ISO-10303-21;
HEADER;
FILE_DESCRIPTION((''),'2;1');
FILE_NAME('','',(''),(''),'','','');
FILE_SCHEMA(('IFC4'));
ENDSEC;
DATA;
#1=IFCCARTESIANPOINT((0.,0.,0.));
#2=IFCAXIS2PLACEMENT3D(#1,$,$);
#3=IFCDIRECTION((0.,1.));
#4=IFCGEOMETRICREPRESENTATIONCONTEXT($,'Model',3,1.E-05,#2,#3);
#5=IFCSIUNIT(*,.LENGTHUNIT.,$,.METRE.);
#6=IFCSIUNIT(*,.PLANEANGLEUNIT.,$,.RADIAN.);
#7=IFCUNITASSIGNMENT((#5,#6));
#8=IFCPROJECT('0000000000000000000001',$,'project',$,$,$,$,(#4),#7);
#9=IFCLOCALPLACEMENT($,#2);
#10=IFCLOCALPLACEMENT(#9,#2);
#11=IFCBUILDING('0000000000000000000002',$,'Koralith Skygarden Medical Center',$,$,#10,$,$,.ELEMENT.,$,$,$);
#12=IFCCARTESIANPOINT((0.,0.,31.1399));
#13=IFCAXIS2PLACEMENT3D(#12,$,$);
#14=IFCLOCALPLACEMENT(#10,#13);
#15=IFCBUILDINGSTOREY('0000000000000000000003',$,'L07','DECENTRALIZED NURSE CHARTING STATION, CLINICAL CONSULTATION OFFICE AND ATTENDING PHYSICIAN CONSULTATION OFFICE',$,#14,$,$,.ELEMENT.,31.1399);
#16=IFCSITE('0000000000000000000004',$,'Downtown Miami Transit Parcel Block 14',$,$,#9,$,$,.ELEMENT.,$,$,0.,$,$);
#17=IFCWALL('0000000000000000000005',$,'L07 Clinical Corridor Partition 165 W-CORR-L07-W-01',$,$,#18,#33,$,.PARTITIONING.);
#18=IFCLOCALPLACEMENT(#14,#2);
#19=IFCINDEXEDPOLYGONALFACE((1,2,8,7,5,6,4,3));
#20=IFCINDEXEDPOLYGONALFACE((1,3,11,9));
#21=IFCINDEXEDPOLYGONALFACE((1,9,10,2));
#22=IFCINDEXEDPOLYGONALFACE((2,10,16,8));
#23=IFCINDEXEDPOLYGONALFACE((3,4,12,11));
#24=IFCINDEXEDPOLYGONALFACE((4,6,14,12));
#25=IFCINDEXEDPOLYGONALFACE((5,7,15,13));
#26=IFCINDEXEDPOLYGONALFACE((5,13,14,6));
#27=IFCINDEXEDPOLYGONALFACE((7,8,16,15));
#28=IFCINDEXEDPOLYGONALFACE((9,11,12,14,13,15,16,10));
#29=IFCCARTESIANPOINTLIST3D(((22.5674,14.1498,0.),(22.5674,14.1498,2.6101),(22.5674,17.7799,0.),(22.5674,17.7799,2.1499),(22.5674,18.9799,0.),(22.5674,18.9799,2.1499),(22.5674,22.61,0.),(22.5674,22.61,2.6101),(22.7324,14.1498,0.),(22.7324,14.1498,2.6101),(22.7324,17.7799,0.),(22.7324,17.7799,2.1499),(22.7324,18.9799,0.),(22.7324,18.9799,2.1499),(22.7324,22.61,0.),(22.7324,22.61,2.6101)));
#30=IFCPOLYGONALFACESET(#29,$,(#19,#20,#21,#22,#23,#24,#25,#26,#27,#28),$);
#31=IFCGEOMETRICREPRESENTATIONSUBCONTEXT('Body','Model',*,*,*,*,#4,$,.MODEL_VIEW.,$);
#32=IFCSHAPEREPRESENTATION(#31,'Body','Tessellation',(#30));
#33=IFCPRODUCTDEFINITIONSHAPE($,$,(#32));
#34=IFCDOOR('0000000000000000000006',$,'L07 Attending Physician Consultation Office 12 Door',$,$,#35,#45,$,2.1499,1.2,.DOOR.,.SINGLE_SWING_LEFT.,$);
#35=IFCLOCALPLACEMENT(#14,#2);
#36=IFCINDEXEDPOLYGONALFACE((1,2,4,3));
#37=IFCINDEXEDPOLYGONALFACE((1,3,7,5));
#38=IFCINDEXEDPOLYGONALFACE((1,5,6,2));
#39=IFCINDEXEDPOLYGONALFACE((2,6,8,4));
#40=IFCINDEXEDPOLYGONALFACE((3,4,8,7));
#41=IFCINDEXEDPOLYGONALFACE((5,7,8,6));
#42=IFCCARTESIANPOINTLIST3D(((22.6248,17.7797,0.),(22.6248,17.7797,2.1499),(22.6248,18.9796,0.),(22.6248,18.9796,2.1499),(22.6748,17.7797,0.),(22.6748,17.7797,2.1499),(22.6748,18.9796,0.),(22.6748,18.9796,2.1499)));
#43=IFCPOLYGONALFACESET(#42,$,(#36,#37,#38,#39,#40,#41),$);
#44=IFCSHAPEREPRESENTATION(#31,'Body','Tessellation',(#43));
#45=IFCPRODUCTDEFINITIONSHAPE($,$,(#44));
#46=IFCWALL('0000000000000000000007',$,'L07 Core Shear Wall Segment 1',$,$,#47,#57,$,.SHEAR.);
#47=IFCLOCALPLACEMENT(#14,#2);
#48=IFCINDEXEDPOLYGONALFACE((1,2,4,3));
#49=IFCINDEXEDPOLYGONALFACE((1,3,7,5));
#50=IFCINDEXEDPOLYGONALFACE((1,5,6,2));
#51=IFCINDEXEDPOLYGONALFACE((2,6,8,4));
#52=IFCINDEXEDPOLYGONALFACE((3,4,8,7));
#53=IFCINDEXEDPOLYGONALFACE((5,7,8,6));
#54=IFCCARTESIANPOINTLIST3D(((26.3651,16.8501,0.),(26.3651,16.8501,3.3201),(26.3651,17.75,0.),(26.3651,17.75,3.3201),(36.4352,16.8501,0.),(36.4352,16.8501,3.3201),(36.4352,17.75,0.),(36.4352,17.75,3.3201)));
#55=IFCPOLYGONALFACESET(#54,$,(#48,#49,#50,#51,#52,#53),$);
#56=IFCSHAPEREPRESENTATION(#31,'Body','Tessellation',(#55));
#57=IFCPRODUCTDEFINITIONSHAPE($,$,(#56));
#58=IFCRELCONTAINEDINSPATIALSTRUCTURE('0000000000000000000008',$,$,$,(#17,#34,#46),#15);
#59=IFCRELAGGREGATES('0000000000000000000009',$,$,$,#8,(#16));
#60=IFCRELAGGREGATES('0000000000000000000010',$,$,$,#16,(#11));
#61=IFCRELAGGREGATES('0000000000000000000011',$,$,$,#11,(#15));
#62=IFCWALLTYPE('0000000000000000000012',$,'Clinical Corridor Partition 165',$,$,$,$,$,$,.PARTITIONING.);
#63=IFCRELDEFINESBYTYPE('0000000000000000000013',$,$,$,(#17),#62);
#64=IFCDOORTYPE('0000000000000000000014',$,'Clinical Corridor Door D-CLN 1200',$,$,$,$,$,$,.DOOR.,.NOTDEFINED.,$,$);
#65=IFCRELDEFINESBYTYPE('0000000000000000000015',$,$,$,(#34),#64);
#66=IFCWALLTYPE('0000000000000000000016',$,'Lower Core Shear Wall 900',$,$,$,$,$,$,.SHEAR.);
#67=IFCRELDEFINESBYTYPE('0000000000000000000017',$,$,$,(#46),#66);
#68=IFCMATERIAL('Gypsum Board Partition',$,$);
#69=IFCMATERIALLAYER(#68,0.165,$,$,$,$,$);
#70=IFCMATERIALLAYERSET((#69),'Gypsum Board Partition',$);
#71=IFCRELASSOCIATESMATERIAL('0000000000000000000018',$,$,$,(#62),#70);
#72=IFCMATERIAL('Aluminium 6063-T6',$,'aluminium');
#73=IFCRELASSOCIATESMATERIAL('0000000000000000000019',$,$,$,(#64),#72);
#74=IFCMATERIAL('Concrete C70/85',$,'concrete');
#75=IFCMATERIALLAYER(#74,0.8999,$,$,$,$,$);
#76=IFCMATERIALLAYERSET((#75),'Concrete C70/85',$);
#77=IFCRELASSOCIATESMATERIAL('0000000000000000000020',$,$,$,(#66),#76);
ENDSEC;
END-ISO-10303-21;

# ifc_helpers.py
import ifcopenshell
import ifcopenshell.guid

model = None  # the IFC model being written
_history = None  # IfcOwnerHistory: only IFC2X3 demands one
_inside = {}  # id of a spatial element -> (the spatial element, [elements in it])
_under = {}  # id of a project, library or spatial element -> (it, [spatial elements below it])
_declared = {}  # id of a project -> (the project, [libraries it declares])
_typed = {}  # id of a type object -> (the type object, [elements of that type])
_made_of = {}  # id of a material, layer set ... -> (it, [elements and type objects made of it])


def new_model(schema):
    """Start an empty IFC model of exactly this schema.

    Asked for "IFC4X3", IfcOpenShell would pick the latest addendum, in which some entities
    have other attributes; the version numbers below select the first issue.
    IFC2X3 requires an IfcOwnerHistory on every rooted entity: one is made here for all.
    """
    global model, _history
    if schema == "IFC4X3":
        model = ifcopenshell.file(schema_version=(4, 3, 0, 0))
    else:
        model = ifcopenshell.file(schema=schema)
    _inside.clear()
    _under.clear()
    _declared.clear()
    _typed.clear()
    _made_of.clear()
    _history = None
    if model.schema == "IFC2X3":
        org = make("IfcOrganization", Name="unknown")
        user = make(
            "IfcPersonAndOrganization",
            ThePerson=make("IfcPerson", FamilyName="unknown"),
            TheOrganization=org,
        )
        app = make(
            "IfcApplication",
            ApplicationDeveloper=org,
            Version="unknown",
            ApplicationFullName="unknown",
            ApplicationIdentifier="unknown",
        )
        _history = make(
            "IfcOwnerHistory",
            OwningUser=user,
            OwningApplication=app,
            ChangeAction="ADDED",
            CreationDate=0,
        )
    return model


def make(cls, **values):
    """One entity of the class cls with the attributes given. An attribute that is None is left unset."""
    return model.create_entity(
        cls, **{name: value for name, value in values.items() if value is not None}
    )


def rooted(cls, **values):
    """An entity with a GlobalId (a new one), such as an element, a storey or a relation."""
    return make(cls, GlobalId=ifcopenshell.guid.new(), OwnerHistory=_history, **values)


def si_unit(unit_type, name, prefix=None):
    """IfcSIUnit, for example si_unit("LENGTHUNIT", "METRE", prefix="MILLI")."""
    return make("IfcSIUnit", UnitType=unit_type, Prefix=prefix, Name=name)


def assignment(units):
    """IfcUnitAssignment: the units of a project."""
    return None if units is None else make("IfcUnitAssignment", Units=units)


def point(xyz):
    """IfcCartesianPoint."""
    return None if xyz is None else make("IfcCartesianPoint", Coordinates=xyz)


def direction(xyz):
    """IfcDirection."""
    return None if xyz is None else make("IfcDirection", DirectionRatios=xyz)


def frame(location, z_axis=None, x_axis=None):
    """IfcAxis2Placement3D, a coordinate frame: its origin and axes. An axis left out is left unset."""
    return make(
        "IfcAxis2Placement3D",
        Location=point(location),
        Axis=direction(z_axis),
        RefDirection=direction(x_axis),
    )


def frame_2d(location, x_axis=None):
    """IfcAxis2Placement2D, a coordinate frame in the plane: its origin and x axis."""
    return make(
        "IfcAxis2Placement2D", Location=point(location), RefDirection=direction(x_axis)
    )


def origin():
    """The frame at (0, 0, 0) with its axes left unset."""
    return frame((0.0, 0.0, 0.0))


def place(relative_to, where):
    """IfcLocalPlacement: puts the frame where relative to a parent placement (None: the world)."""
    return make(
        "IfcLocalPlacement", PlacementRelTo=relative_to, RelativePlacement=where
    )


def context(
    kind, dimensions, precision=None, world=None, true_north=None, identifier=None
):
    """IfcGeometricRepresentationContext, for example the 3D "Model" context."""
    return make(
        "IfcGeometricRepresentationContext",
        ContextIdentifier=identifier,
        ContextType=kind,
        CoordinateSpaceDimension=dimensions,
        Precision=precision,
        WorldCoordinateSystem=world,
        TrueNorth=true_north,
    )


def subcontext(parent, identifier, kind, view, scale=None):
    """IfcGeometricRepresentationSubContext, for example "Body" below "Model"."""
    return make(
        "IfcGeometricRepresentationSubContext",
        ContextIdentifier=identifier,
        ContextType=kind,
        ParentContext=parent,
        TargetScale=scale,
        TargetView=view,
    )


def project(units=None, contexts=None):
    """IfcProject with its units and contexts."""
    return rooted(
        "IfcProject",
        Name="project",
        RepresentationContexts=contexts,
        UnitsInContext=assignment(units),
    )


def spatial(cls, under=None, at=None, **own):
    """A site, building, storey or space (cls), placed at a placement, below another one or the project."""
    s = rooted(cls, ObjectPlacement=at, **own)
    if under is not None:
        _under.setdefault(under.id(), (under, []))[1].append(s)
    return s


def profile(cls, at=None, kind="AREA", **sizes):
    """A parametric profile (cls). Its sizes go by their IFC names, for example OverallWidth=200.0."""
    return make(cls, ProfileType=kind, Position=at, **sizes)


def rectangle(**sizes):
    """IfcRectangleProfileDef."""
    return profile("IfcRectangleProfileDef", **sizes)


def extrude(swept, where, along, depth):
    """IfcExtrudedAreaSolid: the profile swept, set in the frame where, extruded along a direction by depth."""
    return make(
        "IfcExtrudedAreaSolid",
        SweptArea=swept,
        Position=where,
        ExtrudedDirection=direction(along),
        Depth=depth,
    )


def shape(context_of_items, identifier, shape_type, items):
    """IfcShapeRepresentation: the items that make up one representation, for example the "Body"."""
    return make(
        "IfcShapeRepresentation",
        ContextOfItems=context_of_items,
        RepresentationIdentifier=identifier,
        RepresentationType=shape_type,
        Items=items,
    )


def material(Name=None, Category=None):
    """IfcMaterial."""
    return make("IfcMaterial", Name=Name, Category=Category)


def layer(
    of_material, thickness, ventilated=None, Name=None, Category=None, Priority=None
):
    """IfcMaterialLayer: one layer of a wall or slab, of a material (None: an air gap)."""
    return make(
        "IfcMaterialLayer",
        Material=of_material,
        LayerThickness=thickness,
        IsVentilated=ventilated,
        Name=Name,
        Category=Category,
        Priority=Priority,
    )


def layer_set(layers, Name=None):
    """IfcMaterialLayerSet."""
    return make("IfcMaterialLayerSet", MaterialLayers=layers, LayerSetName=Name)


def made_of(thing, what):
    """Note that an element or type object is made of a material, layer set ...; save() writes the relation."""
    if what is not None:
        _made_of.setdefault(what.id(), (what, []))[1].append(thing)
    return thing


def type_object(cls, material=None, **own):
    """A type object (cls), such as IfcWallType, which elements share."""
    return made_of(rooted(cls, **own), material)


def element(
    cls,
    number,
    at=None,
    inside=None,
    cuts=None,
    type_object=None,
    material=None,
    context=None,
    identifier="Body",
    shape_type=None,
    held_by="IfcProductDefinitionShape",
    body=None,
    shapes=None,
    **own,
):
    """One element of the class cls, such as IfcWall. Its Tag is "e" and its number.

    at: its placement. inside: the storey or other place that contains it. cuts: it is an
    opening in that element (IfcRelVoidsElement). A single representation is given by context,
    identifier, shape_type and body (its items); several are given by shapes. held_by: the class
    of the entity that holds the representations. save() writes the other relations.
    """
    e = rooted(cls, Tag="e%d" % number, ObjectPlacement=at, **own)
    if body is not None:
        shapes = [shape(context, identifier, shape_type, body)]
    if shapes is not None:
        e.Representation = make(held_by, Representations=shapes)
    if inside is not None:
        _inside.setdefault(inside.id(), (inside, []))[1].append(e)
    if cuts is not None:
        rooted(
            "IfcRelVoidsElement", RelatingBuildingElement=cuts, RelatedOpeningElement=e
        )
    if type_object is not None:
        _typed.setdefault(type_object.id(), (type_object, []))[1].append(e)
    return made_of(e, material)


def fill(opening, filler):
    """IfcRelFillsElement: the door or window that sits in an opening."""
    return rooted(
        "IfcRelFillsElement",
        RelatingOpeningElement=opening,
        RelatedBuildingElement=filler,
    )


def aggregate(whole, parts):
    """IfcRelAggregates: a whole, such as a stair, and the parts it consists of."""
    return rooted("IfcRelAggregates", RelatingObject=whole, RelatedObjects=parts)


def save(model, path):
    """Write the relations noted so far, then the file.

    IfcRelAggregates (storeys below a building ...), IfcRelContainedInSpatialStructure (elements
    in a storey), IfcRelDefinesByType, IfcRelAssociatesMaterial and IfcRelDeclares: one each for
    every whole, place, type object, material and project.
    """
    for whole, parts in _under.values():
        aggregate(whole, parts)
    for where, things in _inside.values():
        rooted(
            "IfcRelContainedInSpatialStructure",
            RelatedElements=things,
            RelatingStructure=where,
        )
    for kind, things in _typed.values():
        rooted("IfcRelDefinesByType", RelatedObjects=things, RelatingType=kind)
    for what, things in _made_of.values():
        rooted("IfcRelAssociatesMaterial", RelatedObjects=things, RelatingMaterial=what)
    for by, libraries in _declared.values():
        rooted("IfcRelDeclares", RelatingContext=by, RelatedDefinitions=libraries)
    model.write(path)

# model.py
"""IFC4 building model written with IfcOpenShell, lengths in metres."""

from ifc_helpers import new_model, si_unit, direction, frame, frame_2d, origin, place, context, subcontext, project, spatial, rectangle, extrude, material, layer, layer_set, type_object, element, fill, save


model = new_model("IFC4")

# Units and contexts
model_context = context("Model", 3, precision=1e-05, world=origin(), true_north=direction((0.0, 1.0)))
body_context = subcontext(model_context, "Body", "Model", "MODEL_VIEW")
ifc_project = project(units=[si_unit("LENGTHUNIT", "METRE"), si_unit("PLANEANGLEUNIT", "RADIAN")], contexts=[model_context])

# Site, building, storey
site_placement = place(None, origin())
site = spatial("IfcSite", under=ifc_project, at=site_placement, Name="Downtown Miami Transit Parcel Block 14", CompositionType="ELEMENT", RefElevation=0.0)
building_placement = place(site_placement, origin())
building = spatial("IfcBuilding", under=site, at=building_placement, Name="Koralith Skygarden Medical Center", CompositionType="ELEMENT")
storey_placement = place(building_placement, frame((0.0, 0.0, 31.1399)))
storey = spatial("IfcBuildingStorey", under=building, at=storey_placement, Name="L07", Description="DECENTRALIZED NURSE CHARTING STATION, CLINICAL CONSULTATION OFFICE AND ATTENDING PHYSICIAN CONSULTATION OFFICE", CompositionType="ELEMENT", Elevation=31.1399)

# Shared definitions
ifc_material_1 = material(Name="Concrete C70/85", Category="concrete")

# Shared definitions
ifc_material_2 = material(Name="Aluminium 6063-T6", Category="aluminium")

# Shared definitions
ifc_material_3 = material(Name="Gypsum Board Partition")

# Wall, opening, door
ifc_layer_1 = layer(ifc_material_3, 0.165)
ifc_layer_set_1 = layer_set([ifc_layer_1], Name="Gypsum Board Partition")
wall_type_1 = type_object("IfcWallType", Name="Clinical Corridor Partition 165", PredefinedType="PARTITIONING", material=ifc_layer_set_1)
door_type_1 = type_object("IfcDoorType", Name="Clinical Corridor Door D-CLN 1200", OperationType="NOTDEFINED", PredefinedType="DOOR", material=ifc_material_2)
wall_1_placement = place(storey_placement, frame((22.6499, 14.1499, 0.0), z_axis=(0.0, 0.0, 1.0), x_axis=(0.0, 1.0, 0.0)))
wall_1 = element("IfcWall", 1, at=wall_1_placement, inside=storey, type_object=wall_type_1, Name="L07 Clinical Corridor Partition 165 W-CORR-L07-W-01", PredefinedType="PARTITIONING", context=body_context, shape_type="SweptSolid", body=[
    extrude(rectangle(XDim=8.4602, YDim=0.165, at=frame_2d((4.23, 0.0))), origin(), (0.0, 0.0, 1.0), 2.6101),
])
opening_1_placement = place(wall_1_placement, frame((3.6299, 0.0, 0.0)))
opening_1 = element("IfcOpeningElement", 2, at=opening_1_placement, cuts=wall_1, PredefinedType="OPENING", context=body_context, shape_type="SweptSolid", body=[
    extrude(rectangle(XDim=1.2, YDim=2.1499, at=frame_2d((0.6001, 1.075))), frame((0.0, 0.0925, 0.0), z_axis=(0.0, -1.0, 0.0), x_axis=(1.0, 0.0, 0.0)), (0.0, 0.0, 1.0), 0.1851),
])
door_1_placement = place(opening_1_placement, frame((1.2, 0.0, 0.0), z_axis=(0.0, 0.0, 1.0), x_axis=(-1.0, 0.0, 0.0)))
door_1 = element("IfcDoor", 3, at=door_1_placement, inside=storey, type_object=door_type_1, Name="L07 Attending Physician Consultation Office 12 Door", OperationType="SINGLE_SWING_LEFT", OverallHeight=2.1499, OverallWidth=1.2, PredefinedType="DOOR", context=body_context, shape_type="SweptSolid", body=[
    extrude(rectangle(XDim=1.2, YDim=2.1499, at=frame_2d((0.6001, 1.075))), frame((0.0, 0.0249, 0.0), z_axis=(0.0, -1.0, 0.0), x_axis=(1.0, 0.0, 0.0)), (0.0, 0.0, 1.0), 0.05),
])
fill(opening_1, door_1)

# Wall
ifc_layer_2 = layer(ifc_material_1, 0.8999)
ifc_layer_set_2 = layer_set([ifc_layer_2], Name="Concrete C70/85")
wall_type_2 = type_object("IfcWallType", Name="Lower Core Shear Wall 900", PredefinedType="SHEAR", material=ifc_layer_set_2)
wall_2_placement = place(storey_placement, frame((26.365, 17.3, 0.0), z_axis=(0.0, 0.0, 1.0), x_axis=(1.0, 0.0, 0.0)))
element("IfcWall", 4, at=wall_2_placement, inside=storey, type_object=wall_type_2, Name="L07 Core Shear Wall Segment 1", PredefinedType="SHEAR", context=body_context, shape_type="SweptSolid", body=[
    extrude(rectangle(XDim=10.0701, YDim=0.8999, at=frame_2d((5.0352, 0.0))), origin(), (0.0, 0.0, 1.0), 3.3201),
])

save(model, "model.ifc")
